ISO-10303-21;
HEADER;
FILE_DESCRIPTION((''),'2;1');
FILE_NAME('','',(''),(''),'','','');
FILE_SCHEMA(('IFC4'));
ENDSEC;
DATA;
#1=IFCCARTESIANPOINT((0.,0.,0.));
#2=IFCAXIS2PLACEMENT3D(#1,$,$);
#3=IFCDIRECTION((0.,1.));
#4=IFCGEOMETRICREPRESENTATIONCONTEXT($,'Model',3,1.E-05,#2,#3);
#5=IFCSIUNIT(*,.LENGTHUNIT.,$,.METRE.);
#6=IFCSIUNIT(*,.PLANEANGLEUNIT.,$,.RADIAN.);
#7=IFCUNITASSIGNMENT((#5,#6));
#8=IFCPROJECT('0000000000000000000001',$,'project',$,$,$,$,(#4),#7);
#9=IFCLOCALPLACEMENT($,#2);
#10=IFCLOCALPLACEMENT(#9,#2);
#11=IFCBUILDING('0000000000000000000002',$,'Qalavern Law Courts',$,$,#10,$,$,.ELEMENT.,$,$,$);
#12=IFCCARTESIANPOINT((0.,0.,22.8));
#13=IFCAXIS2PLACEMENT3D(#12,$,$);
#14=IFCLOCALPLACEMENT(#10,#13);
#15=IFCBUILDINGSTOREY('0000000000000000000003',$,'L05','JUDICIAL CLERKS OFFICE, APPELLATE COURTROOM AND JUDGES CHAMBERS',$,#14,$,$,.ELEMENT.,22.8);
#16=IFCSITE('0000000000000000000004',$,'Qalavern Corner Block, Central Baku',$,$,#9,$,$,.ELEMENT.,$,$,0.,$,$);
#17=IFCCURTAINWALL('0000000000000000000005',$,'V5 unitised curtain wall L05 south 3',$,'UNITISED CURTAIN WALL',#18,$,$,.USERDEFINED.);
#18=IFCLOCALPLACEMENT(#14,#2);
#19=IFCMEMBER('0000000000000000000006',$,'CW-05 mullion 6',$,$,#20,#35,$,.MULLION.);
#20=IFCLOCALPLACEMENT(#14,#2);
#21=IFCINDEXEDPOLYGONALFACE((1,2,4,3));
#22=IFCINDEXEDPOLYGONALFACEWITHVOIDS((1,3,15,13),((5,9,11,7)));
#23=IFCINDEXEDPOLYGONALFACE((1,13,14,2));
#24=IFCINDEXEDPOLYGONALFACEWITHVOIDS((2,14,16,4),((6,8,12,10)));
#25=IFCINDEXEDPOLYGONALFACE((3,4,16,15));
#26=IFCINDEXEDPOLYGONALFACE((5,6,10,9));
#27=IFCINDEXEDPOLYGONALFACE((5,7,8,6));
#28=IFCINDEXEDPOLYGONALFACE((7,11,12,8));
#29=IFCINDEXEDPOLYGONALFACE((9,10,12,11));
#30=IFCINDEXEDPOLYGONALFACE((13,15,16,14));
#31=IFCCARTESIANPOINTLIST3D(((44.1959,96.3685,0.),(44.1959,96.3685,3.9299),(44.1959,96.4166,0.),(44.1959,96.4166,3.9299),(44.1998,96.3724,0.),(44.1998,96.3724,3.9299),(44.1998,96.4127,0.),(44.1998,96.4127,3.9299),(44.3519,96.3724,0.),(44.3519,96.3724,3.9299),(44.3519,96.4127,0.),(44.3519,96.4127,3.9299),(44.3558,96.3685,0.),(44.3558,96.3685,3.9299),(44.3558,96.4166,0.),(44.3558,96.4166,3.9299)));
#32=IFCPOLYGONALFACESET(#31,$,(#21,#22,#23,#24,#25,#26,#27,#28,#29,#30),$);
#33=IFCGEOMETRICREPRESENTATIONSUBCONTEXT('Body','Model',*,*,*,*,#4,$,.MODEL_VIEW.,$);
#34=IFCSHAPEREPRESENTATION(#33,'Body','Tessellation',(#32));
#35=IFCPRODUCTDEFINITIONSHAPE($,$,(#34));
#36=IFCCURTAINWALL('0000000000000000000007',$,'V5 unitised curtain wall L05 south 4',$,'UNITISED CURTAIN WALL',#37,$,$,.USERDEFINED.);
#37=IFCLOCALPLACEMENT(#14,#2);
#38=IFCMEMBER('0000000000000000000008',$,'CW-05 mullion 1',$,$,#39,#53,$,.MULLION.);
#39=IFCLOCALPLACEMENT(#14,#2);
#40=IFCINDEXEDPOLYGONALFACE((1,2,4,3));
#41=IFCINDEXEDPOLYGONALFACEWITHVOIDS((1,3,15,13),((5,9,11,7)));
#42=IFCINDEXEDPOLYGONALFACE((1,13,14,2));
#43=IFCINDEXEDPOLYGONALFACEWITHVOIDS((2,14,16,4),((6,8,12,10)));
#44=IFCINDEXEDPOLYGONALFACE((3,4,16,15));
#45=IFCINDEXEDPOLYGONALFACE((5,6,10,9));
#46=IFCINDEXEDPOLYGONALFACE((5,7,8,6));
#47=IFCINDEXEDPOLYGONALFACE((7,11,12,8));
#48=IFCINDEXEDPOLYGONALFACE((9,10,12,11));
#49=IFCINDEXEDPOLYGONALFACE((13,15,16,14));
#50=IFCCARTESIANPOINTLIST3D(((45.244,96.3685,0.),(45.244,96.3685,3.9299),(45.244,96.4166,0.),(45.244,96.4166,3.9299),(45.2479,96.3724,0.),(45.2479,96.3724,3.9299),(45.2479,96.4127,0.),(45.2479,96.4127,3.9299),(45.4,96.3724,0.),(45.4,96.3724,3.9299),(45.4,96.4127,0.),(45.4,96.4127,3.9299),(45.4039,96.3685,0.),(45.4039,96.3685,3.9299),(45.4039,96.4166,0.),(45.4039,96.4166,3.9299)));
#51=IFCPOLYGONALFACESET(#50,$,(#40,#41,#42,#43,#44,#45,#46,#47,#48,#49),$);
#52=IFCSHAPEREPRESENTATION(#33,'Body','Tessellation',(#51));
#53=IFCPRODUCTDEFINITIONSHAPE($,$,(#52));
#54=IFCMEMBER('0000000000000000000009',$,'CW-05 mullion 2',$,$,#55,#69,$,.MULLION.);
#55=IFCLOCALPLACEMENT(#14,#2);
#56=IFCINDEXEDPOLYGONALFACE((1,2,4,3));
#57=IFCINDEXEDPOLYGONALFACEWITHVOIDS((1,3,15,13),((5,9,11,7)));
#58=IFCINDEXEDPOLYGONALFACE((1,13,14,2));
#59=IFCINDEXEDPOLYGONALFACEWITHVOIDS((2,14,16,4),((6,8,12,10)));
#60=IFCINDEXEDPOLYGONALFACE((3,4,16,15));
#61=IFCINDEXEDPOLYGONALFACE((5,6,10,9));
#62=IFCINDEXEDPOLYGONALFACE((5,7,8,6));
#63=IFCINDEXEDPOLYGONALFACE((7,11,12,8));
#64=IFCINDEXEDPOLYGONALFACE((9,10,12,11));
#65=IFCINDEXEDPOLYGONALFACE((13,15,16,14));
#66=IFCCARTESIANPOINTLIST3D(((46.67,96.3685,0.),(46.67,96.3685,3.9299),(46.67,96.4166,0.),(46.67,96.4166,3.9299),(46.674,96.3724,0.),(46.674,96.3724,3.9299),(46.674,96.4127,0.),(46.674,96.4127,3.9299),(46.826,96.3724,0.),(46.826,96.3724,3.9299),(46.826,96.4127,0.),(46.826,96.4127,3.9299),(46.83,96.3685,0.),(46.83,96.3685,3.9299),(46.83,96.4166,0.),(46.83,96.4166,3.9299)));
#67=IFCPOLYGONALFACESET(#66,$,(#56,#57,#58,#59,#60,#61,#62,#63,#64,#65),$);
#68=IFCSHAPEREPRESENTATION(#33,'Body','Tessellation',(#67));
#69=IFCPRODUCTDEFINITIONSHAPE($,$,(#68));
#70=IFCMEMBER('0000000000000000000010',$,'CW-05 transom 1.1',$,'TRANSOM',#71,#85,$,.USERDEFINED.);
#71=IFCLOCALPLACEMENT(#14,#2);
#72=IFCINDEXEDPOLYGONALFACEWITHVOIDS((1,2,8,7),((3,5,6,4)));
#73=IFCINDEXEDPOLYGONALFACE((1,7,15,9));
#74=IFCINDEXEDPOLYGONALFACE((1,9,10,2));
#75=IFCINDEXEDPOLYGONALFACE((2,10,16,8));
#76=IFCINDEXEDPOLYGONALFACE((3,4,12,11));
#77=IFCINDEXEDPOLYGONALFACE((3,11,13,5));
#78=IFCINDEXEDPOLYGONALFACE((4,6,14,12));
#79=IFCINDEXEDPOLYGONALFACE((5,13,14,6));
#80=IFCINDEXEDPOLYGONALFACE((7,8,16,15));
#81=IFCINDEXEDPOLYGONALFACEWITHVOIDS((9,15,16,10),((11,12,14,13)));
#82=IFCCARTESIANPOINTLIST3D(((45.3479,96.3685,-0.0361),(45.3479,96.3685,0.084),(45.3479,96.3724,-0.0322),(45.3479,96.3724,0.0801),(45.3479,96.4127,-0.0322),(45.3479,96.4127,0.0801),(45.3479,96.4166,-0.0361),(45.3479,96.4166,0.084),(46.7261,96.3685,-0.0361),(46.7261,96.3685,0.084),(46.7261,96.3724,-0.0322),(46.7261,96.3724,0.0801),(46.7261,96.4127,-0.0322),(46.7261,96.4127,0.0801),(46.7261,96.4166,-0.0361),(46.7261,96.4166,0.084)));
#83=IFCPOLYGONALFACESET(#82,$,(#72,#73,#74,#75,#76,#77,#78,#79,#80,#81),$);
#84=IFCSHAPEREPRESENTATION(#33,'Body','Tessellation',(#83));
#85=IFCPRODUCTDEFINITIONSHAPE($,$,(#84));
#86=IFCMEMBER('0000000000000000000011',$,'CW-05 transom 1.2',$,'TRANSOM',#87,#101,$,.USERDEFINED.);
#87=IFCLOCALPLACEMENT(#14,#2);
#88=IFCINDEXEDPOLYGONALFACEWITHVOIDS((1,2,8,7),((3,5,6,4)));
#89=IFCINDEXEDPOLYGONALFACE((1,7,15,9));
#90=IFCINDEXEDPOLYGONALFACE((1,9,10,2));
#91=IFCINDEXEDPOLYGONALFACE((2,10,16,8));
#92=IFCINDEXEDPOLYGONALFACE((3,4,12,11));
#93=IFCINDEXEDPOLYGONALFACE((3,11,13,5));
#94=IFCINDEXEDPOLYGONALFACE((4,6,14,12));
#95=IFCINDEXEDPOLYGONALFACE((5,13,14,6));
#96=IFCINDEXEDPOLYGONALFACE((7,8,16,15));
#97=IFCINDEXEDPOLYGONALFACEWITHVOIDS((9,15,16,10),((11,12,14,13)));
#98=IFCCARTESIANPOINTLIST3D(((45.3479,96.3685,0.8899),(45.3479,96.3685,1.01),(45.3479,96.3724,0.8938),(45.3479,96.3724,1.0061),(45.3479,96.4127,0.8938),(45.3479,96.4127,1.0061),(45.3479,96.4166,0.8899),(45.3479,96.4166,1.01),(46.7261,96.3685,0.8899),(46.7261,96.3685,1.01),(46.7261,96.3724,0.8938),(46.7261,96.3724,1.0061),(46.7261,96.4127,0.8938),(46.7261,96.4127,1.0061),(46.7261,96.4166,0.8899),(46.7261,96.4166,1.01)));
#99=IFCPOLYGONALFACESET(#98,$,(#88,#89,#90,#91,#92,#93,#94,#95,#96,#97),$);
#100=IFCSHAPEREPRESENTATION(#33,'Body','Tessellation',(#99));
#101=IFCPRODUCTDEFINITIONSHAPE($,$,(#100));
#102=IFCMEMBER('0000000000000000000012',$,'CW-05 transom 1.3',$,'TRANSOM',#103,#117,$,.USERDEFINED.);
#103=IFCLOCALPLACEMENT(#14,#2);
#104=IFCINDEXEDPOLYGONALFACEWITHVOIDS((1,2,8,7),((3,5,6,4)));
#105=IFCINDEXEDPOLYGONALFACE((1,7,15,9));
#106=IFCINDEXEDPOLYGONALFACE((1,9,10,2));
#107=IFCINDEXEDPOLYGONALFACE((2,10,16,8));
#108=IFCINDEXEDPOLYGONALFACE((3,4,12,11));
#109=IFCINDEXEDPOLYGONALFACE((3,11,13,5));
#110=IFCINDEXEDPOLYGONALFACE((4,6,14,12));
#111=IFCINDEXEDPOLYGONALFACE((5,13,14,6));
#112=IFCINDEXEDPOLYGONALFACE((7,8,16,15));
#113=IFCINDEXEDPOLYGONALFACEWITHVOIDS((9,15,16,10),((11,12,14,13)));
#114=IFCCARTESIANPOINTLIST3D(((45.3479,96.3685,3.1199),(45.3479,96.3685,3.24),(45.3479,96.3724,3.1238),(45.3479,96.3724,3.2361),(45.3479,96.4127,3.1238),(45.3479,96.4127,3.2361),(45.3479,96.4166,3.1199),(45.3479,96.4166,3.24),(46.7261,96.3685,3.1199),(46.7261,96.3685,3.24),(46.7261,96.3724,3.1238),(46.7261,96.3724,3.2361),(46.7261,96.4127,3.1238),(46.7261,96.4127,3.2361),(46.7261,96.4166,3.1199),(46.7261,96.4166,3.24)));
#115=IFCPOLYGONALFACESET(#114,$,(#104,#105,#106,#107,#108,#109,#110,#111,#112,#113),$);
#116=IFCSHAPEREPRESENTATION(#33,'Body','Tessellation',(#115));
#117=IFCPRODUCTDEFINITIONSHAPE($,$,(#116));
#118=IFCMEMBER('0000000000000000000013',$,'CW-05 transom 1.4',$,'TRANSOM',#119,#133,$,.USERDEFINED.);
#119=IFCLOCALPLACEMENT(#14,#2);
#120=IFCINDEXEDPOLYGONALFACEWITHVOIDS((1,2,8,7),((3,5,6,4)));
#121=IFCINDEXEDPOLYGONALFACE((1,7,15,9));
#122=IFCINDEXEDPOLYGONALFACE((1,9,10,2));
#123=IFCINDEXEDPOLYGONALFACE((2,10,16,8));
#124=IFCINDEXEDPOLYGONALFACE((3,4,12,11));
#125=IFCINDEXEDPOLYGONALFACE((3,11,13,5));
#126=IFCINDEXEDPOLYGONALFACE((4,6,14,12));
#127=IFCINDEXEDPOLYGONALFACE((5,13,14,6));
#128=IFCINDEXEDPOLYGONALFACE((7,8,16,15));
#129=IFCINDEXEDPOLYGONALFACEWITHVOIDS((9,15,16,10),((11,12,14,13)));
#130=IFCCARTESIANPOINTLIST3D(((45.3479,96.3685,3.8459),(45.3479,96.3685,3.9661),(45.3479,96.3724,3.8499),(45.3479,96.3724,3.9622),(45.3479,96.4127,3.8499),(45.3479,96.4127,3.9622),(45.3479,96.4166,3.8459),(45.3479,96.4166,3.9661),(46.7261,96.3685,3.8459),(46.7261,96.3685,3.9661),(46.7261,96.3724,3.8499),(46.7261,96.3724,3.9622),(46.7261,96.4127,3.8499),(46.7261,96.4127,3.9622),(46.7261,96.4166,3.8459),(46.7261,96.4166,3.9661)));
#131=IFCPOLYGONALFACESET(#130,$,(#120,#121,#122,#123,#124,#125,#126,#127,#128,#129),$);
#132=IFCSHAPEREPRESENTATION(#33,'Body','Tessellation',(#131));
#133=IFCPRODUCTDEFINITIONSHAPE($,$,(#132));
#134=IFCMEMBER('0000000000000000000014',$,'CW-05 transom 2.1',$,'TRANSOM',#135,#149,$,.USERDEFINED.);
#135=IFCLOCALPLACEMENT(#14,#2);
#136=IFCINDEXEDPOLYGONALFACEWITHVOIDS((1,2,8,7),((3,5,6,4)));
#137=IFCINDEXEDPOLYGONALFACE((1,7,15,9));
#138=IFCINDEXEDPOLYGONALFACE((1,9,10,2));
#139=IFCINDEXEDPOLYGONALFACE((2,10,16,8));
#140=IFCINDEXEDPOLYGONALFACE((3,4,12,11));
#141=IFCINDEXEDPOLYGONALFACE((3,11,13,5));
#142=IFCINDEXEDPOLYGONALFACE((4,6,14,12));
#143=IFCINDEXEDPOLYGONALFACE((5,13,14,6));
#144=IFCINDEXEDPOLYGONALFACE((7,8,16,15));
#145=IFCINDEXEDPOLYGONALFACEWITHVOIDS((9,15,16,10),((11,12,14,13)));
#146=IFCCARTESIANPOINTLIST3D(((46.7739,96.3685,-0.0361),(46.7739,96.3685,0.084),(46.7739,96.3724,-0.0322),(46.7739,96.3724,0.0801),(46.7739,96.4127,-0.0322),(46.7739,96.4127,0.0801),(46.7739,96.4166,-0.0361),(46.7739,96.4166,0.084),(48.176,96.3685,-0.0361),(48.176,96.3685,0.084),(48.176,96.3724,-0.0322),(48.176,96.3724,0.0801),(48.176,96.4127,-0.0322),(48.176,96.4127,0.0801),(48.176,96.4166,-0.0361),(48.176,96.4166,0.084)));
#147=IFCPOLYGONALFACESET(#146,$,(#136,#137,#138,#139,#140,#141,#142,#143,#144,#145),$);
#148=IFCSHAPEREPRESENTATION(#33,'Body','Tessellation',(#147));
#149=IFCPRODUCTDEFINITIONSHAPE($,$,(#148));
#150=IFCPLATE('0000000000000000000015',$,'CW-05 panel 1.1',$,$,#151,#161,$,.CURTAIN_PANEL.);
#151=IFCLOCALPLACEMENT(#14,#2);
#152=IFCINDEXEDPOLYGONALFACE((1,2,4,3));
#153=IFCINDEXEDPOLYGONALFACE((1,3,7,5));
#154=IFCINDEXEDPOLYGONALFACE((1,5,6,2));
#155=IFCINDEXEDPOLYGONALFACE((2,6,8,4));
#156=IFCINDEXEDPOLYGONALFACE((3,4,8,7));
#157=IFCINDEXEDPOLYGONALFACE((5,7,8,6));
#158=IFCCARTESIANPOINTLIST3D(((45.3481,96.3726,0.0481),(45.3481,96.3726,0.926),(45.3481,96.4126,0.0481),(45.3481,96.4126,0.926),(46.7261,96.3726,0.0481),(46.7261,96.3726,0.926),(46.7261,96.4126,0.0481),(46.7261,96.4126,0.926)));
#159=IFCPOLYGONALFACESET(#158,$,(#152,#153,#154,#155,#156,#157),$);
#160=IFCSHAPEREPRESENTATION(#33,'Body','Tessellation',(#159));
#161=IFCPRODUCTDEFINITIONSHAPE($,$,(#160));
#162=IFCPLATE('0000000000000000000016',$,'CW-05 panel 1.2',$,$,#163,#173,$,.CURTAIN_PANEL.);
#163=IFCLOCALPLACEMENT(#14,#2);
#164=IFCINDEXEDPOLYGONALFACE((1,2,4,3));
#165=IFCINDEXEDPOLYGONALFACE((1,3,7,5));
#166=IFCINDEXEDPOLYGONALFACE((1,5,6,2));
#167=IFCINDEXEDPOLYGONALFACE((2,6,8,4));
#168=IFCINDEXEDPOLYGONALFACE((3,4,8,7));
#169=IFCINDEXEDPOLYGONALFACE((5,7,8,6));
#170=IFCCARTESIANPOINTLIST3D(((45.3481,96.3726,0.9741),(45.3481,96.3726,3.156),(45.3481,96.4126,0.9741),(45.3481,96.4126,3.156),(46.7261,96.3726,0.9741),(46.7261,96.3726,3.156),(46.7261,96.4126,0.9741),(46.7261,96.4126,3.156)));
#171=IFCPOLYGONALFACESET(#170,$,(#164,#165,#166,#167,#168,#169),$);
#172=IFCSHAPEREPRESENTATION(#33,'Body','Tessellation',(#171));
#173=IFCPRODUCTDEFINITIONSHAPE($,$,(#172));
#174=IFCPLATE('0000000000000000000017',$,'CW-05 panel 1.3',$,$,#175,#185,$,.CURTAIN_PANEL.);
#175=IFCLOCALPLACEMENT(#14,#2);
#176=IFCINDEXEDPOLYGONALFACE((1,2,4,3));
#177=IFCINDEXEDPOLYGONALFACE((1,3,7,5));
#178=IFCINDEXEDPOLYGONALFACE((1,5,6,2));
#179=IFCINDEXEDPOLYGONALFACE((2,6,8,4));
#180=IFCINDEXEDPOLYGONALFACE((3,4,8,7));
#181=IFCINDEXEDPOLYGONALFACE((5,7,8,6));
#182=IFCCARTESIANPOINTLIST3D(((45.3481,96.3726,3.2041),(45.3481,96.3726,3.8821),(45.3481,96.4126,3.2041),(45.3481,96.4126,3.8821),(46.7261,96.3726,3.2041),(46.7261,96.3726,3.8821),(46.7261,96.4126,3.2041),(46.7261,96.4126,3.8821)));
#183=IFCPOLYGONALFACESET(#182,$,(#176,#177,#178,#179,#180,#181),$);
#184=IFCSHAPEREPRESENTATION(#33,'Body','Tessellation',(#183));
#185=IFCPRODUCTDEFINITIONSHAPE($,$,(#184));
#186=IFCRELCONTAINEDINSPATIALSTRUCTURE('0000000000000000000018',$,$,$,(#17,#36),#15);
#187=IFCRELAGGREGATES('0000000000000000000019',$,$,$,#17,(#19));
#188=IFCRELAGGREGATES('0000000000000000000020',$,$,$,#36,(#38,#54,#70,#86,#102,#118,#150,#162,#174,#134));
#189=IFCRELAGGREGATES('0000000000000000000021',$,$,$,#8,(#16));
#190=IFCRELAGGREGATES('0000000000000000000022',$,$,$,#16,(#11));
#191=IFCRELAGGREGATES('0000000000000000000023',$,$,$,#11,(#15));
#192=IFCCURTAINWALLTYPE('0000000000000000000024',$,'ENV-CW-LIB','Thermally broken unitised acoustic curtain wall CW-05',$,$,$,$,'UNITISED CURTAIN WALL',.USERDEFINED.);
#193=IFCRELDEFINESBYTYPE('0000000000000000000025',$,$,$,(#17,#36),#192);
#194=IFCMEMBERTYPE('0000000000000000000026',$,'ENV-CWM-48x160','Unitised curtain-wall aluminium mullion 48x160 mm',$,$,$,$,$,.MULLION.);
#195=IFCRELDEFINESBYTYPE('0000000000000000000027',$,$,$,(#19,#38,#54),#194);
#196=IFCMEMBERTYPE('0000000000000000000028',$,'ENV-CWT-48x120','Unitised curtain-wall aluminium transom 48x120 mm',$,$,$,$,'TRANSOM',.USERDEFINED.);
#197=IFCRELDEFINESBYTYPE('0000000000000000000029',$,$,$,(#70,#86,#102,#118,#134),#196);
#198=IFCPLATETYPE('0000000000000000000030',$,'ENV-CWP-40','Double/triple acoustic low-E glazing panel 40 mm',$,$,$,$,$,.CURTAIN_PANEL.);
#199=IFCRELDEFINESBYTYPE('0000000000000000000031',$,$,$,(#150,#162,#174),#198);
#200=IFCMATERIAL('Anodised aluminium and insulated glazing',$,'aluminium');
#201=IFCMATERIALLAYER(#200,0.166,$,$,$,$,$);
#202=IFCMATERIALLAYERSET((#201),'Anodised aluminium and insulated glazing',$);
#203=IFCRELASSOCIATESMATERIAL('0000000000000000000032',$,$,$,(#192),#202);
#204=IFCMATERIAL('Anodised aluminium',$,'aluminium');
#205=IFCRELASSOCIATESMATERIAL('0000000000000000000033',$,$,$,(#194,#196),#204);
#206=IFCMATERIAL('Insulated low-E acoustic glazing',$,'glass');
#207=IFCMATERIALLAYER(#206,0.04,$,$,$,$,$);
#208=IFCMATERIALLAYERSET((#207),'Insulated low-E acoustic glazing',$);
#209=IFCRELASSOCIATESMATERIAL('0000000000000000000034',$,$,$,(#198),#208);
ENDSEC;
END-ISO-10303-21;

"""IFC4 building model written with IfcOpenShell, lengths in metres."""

from ifc_helpers import new_model, si_unit, direction, frame, origin, origin_2d, place, context, subcontext, project, spatial, rectangle, hollow_rectangle, extrude, material, layer, layer_set, material_profile, profile_set, type_object, element, aggregate, save


model = new_model("IFC4")

# Units and contexts
model_context = context("Model", 3, precision=1e-05, world=origin(), true_north=direction((0.0, 1.0)))
body_context = subcontext(model_context, "Body", "Model", "MODEL_VIEW")
ifc_project = project(units=[si_unit("LENGTHUNIT", "METRE"), si_unit("PLANEANGLEUNIT", "RADIAN")], contexts=[model_context])

# Site, building, storey
site_placement = place(None, origin())
site = spatial("IfcSite", under=ifc_project, at=site_placement, Name="Qalavern Corner Block, Central Baku", CompositionType="ELEMENT", RefElevation=0.0)
building_placement = place(site_placement, origin())
building = spatial("IfcBuilding", under=site, at=building_placement, Name="Qalavern Law Courts", CompositionType="ELEMENT")
storey_placement = place(building_placement, frame((0.0, 0.0, 22.8)))
storey = spatial("IfcBuildingStorey", under=building, at=storey_placement, Name="L05", Description="JUDICIAL CLERKS OFFICE, APPELLATE COURTROOM AND JUDGES CHAMBERS", CompositionType="ELEMENT", Elevation=22.8)

# Curtain wall, member
ifc_material_1 = material(Name="Anodised aluminium and insulated glazing", Category="aluminium")
ifc_layer_1 = layer(ifc_material_1, 0.166)
ifc_layer_set_1 = layer_set([ifc_layer_1], Name="Anodised aluminium and insulated glazing")
curtain_wall_type = type_object("IfcCurtainWallType", Name="ENV-CW-LIB", Description="Thermally broken unitised acoustic curtain wall CW-05", ElementType="UNITISED CURTAIN WALL", PredefinedType="USERDEFINED", material=ifc_layer_set_1)
curtain_wall_1_placement = place(storey_placement, origin())
curtain_wall_1 = element("IfcCurtainWall", 1, at=curtain_wall_1_placement, inside=storey, type_object=curtain_wall_type, Name="V5 unitised curtain wall L05 south 3", ObjectType="UNITISED CURTAIN WALL", PredefinedType="USERDEFINED")
ifc_material_2 = material(Name="Anodised aluminium", Category="aluminium")
ifc_material_profile_1 = material_profile(ifc_material_2, hollow_rectangle(XDim=0.0481, YDim=0.1599, WallThickness=0.0039, at=origin_2d()), Name="ALU MULLION 48x160")
ifc_profile_set_1 = profile_set([ifc_material_profile_1], Name="Anodised aluminium")
member_type_1 = type_object("IfcMemberType", Name="ENV-CWM-48x160", Description="Unitised curtain-wall aluminium mullion 48x160 mm", PredefinedType="MULLION", material=ifc_profile_set_1)
member_1_placement = place(storey_placement, frame((44.2759, 96.3926, 0.0), z_axis=(0.0, 0.0, 1.0), x_axis=(0.0, 1.0, 0.0)))
member_1 = element("IfcMember", 2, at=member_1_placement, type_object=member_type_1, Name="CW-05 mullion 6", PredefinedType="MULLION", context=body_context, shape_type="SweptSolid", body=[
    extrude(hollow_rectangle(XDim=0.0481, YDim=0.1599, WallThickness=0.0039, at=origin_2d()), origin(), (0.0, 0.0, 1.0), 3.9299),
])
aggregate(curtain_wall_1, [member_1])

# Curtain wall, members, plates
curtain_wall_2_placement = place(storey_placement, origin())
curtain_wall_2 = element("IfcCurtainWall", 3, at=curtain_wall_2_placement, inside=storey, type_object=curtain_wall_type, Name="V5 unitised curtain wall L05 south 4", ObjectType="UNITISED CURTAIN WALL", PredefinedType="USERDEFINED")
member_2_placement = place(storey_placement, frame((45.324, 96.3926, 0.0), z_axis=(0.0, 0.0, 1.0), x_axis=(0.0, 1.0, 0.0)))
member_2 = element("IfcMember", 4, at=member_2_placement, type_object=member_type_1, Name="CW-05 mullion 1", PredefinedType="MULLION", context=body_context, shape_type="SweptSolid", body=[
    extrude(hollow_rectangle(XDim=0.0481, YDim=0.1599, WallThickness=0.0039, at=origin_2d()), origin(), (0.0, 0.0, 1.0), 3.9299),
])
member_3_placement = place(storey_placement, frame((46.75, 96.3926, 0.0), z_axis=(0.0, 0.0, 1.0), x_axis=(0.0, 1.0, 0.0)))
member_3 = element("IfcMember", 5, at=member_3_placement, type_object=member_type_1, Name="CW-05 mullion 2", PredefinedType="MULLION", context=body_context, shape_type="SweptSolid", body=[
    extrude(hollow_rectangle(XDim=0.0481, YDim=0.1599, WallThickness=0.0039, at=origin_2d()), origin(), (0.0, 0.0, 1.0), 3.9299),
])
ifc_material_profile_2 = material_profile(ifc_material_2, hollow_rectangle(XDim=0.0481, YDim=0.1201, WallThickness=0.0039, at=origin_2d()), Name="ALU TRANSOM 48x120")
ifc_profile_set_2 = profile_set([ifc_material_profile_2], Name="Anodised aluminium")
member_type_2 = type_object("IfcMemberType", Name="ENV-CWT-48x120", Description="Unitised curtain-wall aluminium transom 48x120 mm", ElementType="TRANSOM", PredefinedType="USERDEFINED", material=ifc_profile_set_2)
member_4_placement = place(storey_placement, frame((45.3479, 96.3926, 0.0239), z_axis=(1.0, 0.0, 0.0), x_axis=(0.0, 1.0, 0.0)))
member_4 = element("IfcMember", 6, at=member_4_placement, type_object=member_type_2, Name="CW-05 transom 1.1", ObjectType="TRANSOM", PredefinedType="USERDEFINED", context=body_context, shape_type="SweptSolid", body=[
    extrude(hollow_rectangle(XDim=0.0481, YDim=0.1201, WallThickness=0.0039, at=origin_2d()), origin(), (0.0, 0.0, 1.0), 1.3782),
])
member_5_placement = place(storey_placement, frame((45.3479, 96.3926, 0.95), z_axis=(1.0, 0.0, 0.0), x_axis=(0.0, 1.0, 0.0)))
member_5 = element("IfcMember", 7, at=member_5_placement, type_object=member_type_2, Name="CW-05 transom 1.2", ObjectType="TRANSOM", PredefinedType="USERDEFINED", context=body_context, shape_type="SweptSolid", body=[
    extrude(hollow_rectangle(XDim=0.0481, YDim=0.1201, WallThickness=0.0039, at=origin_2d()), origin(), (0.0, 0.0, 1.0), 1.3782),
])
member_6_placement = place(storey_placement, frame((45.3479, 96.3926, 3.1799), z_axis=(1.0, 0.0, 0.0), x_axis=(0.0, 1.0, 0.0)))
member_6 = element("IfcMember", 8, at=member_6_placement, type_object=member_type_2, Name="CW-05 transom 1.3", ObjectType="TRANSOM", PredefinedType="USERDEFINED", context=body_context, shape_type="SweptSolid", body=[
    extrude(hollow_rectangle(XDim=0.0481, YDim=0.1201, WallThickness=0.0039, at=origin_2d()), origin(), (0.0, 0.0, 1.0), 1.3782),
])
member_7_placement = place(storey_placement, frame((45.3479, 96.3926, 3.906), z_axis=(1.0, 0.0, 0.0), x_axis=(0.0, 1.0, 0.0)))
member_7 = element("IfcMember", 9, at=member_7_placement, type_object=member_type_2, Name="CW-05 transom 1.4", ObjectType="TRANSOM", PredefinedType="USERDEFINED", context=body_context, shape_type="SweptSolid", body=[
    extrude(hollow_rectangle(XDim=0.0481, YDim=0.1201, WallThickness=0.0039, at=origin_2d()), origin(), (0.0, 0.0, 1.0), 1.3782),
])
member_8_placement = place(storey_placement, frame((46.7739, 96.3926, 0.0239), z_axis=(1.0, 0.0, 0.0), x_axis=(0.0, 1.0, 0.0)))
member_8 = element("IfcMember", 10, at=member_8_placement, type_object=member_type_2, Name="CW-05 transom 2.1", ObjectType="TRANSOM", PredefinedType="USERDEFINED", context=body_context, shape_type="SweptSolid", body=[
    extrude(hollow_rectangle(XDim=0.0481, YDim=0.1201, WallThickness=0.0039, at=origin_2d()), origin(), (0.0, 0.0, 1.0), 1.4021),
])
ifc_material_3 = material(Name="Insulated low-E acoustic glazing", Category="glass")
ifc_layer_2 = layer(ifc_material_3, 0.04)
ifc_layer_set_2 = layer_set([ifc_layer_2], Name="Insulated low-E acoustic glazing")
plate_type = type_object("IfcPlateType", Name="ENV-CWP-40", Description="Double/triple acoustic low-E glazing panel 40 mm", PredefinedType="CURTAIN_PANEL", material=ifc_layer_set_2)
plate_1_placement = place(storey_placement, frame((46.0371, 96.3926, 0.0481), z_axis=(0.0, 0.0, 1.0), x_axis=(1.0, 0.0, 0.0)))
plate_1 = element("IfcPlate", 11, at=plate_1_placement, type_object=plate_type, Name="CW-05 panel 1.1", PredefinedType="CURTAIN_PANEL", context=body_context, shape_type="SweptSolid", body=[
    extrude(rectangle(XDim=1.3779, YDim=0.04, at=origin_2d()), origin(), (0.0, 0.0, 1.0), 0.8779),
])
plate_2_placement = place(storey_placement, frame((46.0371, 96.3926, 0.9741), z_axis=(0.0, 0.0, 1.0), x_axis=(1.0, 0.0, 0.0)))
plate_2 = element("IfcPlate", 12, at=plate_2_placement, type_object=plate_type, Name="CW-05 panel 1.2", PredefinedType="CURTAIN_PANEL", context=body_context, shape_type="SweptSolid", body=[
    extrude(rectangle(XDim=1.3779, YDim=0.04, at=origin_2d()), origin(), (0.0, 0.0, 1.0), 2.1819),
])
plate_3_placement = place(storey_placement, frame((46.0371, 96.3926, 3.2041), z_axis=(0.0, 0.0, 1.0), x_axis=(1.0, 0.0, 0.0)))
plate_3 = element("IfcPlate", 13, at=plate_3_placement, type_object=plate_type, Name="CW-05 panel 1.3", PredefinedType="CURTAIN_PANEL", context=body_context, shape_type="SweptSolid", body=[
    extrude(rectangle(XDim=1.3779, YDim=0.04, at=origin_2d()), origin(), (0.0, 0.0, 1.0), 0.678),
])
aggregate(curtain_wall_2, [member_2, member_3, member_4, member_5, member_6, member_7, plate_1, plate_2, plate_3, member_8])

save(model, "model.ifc")
